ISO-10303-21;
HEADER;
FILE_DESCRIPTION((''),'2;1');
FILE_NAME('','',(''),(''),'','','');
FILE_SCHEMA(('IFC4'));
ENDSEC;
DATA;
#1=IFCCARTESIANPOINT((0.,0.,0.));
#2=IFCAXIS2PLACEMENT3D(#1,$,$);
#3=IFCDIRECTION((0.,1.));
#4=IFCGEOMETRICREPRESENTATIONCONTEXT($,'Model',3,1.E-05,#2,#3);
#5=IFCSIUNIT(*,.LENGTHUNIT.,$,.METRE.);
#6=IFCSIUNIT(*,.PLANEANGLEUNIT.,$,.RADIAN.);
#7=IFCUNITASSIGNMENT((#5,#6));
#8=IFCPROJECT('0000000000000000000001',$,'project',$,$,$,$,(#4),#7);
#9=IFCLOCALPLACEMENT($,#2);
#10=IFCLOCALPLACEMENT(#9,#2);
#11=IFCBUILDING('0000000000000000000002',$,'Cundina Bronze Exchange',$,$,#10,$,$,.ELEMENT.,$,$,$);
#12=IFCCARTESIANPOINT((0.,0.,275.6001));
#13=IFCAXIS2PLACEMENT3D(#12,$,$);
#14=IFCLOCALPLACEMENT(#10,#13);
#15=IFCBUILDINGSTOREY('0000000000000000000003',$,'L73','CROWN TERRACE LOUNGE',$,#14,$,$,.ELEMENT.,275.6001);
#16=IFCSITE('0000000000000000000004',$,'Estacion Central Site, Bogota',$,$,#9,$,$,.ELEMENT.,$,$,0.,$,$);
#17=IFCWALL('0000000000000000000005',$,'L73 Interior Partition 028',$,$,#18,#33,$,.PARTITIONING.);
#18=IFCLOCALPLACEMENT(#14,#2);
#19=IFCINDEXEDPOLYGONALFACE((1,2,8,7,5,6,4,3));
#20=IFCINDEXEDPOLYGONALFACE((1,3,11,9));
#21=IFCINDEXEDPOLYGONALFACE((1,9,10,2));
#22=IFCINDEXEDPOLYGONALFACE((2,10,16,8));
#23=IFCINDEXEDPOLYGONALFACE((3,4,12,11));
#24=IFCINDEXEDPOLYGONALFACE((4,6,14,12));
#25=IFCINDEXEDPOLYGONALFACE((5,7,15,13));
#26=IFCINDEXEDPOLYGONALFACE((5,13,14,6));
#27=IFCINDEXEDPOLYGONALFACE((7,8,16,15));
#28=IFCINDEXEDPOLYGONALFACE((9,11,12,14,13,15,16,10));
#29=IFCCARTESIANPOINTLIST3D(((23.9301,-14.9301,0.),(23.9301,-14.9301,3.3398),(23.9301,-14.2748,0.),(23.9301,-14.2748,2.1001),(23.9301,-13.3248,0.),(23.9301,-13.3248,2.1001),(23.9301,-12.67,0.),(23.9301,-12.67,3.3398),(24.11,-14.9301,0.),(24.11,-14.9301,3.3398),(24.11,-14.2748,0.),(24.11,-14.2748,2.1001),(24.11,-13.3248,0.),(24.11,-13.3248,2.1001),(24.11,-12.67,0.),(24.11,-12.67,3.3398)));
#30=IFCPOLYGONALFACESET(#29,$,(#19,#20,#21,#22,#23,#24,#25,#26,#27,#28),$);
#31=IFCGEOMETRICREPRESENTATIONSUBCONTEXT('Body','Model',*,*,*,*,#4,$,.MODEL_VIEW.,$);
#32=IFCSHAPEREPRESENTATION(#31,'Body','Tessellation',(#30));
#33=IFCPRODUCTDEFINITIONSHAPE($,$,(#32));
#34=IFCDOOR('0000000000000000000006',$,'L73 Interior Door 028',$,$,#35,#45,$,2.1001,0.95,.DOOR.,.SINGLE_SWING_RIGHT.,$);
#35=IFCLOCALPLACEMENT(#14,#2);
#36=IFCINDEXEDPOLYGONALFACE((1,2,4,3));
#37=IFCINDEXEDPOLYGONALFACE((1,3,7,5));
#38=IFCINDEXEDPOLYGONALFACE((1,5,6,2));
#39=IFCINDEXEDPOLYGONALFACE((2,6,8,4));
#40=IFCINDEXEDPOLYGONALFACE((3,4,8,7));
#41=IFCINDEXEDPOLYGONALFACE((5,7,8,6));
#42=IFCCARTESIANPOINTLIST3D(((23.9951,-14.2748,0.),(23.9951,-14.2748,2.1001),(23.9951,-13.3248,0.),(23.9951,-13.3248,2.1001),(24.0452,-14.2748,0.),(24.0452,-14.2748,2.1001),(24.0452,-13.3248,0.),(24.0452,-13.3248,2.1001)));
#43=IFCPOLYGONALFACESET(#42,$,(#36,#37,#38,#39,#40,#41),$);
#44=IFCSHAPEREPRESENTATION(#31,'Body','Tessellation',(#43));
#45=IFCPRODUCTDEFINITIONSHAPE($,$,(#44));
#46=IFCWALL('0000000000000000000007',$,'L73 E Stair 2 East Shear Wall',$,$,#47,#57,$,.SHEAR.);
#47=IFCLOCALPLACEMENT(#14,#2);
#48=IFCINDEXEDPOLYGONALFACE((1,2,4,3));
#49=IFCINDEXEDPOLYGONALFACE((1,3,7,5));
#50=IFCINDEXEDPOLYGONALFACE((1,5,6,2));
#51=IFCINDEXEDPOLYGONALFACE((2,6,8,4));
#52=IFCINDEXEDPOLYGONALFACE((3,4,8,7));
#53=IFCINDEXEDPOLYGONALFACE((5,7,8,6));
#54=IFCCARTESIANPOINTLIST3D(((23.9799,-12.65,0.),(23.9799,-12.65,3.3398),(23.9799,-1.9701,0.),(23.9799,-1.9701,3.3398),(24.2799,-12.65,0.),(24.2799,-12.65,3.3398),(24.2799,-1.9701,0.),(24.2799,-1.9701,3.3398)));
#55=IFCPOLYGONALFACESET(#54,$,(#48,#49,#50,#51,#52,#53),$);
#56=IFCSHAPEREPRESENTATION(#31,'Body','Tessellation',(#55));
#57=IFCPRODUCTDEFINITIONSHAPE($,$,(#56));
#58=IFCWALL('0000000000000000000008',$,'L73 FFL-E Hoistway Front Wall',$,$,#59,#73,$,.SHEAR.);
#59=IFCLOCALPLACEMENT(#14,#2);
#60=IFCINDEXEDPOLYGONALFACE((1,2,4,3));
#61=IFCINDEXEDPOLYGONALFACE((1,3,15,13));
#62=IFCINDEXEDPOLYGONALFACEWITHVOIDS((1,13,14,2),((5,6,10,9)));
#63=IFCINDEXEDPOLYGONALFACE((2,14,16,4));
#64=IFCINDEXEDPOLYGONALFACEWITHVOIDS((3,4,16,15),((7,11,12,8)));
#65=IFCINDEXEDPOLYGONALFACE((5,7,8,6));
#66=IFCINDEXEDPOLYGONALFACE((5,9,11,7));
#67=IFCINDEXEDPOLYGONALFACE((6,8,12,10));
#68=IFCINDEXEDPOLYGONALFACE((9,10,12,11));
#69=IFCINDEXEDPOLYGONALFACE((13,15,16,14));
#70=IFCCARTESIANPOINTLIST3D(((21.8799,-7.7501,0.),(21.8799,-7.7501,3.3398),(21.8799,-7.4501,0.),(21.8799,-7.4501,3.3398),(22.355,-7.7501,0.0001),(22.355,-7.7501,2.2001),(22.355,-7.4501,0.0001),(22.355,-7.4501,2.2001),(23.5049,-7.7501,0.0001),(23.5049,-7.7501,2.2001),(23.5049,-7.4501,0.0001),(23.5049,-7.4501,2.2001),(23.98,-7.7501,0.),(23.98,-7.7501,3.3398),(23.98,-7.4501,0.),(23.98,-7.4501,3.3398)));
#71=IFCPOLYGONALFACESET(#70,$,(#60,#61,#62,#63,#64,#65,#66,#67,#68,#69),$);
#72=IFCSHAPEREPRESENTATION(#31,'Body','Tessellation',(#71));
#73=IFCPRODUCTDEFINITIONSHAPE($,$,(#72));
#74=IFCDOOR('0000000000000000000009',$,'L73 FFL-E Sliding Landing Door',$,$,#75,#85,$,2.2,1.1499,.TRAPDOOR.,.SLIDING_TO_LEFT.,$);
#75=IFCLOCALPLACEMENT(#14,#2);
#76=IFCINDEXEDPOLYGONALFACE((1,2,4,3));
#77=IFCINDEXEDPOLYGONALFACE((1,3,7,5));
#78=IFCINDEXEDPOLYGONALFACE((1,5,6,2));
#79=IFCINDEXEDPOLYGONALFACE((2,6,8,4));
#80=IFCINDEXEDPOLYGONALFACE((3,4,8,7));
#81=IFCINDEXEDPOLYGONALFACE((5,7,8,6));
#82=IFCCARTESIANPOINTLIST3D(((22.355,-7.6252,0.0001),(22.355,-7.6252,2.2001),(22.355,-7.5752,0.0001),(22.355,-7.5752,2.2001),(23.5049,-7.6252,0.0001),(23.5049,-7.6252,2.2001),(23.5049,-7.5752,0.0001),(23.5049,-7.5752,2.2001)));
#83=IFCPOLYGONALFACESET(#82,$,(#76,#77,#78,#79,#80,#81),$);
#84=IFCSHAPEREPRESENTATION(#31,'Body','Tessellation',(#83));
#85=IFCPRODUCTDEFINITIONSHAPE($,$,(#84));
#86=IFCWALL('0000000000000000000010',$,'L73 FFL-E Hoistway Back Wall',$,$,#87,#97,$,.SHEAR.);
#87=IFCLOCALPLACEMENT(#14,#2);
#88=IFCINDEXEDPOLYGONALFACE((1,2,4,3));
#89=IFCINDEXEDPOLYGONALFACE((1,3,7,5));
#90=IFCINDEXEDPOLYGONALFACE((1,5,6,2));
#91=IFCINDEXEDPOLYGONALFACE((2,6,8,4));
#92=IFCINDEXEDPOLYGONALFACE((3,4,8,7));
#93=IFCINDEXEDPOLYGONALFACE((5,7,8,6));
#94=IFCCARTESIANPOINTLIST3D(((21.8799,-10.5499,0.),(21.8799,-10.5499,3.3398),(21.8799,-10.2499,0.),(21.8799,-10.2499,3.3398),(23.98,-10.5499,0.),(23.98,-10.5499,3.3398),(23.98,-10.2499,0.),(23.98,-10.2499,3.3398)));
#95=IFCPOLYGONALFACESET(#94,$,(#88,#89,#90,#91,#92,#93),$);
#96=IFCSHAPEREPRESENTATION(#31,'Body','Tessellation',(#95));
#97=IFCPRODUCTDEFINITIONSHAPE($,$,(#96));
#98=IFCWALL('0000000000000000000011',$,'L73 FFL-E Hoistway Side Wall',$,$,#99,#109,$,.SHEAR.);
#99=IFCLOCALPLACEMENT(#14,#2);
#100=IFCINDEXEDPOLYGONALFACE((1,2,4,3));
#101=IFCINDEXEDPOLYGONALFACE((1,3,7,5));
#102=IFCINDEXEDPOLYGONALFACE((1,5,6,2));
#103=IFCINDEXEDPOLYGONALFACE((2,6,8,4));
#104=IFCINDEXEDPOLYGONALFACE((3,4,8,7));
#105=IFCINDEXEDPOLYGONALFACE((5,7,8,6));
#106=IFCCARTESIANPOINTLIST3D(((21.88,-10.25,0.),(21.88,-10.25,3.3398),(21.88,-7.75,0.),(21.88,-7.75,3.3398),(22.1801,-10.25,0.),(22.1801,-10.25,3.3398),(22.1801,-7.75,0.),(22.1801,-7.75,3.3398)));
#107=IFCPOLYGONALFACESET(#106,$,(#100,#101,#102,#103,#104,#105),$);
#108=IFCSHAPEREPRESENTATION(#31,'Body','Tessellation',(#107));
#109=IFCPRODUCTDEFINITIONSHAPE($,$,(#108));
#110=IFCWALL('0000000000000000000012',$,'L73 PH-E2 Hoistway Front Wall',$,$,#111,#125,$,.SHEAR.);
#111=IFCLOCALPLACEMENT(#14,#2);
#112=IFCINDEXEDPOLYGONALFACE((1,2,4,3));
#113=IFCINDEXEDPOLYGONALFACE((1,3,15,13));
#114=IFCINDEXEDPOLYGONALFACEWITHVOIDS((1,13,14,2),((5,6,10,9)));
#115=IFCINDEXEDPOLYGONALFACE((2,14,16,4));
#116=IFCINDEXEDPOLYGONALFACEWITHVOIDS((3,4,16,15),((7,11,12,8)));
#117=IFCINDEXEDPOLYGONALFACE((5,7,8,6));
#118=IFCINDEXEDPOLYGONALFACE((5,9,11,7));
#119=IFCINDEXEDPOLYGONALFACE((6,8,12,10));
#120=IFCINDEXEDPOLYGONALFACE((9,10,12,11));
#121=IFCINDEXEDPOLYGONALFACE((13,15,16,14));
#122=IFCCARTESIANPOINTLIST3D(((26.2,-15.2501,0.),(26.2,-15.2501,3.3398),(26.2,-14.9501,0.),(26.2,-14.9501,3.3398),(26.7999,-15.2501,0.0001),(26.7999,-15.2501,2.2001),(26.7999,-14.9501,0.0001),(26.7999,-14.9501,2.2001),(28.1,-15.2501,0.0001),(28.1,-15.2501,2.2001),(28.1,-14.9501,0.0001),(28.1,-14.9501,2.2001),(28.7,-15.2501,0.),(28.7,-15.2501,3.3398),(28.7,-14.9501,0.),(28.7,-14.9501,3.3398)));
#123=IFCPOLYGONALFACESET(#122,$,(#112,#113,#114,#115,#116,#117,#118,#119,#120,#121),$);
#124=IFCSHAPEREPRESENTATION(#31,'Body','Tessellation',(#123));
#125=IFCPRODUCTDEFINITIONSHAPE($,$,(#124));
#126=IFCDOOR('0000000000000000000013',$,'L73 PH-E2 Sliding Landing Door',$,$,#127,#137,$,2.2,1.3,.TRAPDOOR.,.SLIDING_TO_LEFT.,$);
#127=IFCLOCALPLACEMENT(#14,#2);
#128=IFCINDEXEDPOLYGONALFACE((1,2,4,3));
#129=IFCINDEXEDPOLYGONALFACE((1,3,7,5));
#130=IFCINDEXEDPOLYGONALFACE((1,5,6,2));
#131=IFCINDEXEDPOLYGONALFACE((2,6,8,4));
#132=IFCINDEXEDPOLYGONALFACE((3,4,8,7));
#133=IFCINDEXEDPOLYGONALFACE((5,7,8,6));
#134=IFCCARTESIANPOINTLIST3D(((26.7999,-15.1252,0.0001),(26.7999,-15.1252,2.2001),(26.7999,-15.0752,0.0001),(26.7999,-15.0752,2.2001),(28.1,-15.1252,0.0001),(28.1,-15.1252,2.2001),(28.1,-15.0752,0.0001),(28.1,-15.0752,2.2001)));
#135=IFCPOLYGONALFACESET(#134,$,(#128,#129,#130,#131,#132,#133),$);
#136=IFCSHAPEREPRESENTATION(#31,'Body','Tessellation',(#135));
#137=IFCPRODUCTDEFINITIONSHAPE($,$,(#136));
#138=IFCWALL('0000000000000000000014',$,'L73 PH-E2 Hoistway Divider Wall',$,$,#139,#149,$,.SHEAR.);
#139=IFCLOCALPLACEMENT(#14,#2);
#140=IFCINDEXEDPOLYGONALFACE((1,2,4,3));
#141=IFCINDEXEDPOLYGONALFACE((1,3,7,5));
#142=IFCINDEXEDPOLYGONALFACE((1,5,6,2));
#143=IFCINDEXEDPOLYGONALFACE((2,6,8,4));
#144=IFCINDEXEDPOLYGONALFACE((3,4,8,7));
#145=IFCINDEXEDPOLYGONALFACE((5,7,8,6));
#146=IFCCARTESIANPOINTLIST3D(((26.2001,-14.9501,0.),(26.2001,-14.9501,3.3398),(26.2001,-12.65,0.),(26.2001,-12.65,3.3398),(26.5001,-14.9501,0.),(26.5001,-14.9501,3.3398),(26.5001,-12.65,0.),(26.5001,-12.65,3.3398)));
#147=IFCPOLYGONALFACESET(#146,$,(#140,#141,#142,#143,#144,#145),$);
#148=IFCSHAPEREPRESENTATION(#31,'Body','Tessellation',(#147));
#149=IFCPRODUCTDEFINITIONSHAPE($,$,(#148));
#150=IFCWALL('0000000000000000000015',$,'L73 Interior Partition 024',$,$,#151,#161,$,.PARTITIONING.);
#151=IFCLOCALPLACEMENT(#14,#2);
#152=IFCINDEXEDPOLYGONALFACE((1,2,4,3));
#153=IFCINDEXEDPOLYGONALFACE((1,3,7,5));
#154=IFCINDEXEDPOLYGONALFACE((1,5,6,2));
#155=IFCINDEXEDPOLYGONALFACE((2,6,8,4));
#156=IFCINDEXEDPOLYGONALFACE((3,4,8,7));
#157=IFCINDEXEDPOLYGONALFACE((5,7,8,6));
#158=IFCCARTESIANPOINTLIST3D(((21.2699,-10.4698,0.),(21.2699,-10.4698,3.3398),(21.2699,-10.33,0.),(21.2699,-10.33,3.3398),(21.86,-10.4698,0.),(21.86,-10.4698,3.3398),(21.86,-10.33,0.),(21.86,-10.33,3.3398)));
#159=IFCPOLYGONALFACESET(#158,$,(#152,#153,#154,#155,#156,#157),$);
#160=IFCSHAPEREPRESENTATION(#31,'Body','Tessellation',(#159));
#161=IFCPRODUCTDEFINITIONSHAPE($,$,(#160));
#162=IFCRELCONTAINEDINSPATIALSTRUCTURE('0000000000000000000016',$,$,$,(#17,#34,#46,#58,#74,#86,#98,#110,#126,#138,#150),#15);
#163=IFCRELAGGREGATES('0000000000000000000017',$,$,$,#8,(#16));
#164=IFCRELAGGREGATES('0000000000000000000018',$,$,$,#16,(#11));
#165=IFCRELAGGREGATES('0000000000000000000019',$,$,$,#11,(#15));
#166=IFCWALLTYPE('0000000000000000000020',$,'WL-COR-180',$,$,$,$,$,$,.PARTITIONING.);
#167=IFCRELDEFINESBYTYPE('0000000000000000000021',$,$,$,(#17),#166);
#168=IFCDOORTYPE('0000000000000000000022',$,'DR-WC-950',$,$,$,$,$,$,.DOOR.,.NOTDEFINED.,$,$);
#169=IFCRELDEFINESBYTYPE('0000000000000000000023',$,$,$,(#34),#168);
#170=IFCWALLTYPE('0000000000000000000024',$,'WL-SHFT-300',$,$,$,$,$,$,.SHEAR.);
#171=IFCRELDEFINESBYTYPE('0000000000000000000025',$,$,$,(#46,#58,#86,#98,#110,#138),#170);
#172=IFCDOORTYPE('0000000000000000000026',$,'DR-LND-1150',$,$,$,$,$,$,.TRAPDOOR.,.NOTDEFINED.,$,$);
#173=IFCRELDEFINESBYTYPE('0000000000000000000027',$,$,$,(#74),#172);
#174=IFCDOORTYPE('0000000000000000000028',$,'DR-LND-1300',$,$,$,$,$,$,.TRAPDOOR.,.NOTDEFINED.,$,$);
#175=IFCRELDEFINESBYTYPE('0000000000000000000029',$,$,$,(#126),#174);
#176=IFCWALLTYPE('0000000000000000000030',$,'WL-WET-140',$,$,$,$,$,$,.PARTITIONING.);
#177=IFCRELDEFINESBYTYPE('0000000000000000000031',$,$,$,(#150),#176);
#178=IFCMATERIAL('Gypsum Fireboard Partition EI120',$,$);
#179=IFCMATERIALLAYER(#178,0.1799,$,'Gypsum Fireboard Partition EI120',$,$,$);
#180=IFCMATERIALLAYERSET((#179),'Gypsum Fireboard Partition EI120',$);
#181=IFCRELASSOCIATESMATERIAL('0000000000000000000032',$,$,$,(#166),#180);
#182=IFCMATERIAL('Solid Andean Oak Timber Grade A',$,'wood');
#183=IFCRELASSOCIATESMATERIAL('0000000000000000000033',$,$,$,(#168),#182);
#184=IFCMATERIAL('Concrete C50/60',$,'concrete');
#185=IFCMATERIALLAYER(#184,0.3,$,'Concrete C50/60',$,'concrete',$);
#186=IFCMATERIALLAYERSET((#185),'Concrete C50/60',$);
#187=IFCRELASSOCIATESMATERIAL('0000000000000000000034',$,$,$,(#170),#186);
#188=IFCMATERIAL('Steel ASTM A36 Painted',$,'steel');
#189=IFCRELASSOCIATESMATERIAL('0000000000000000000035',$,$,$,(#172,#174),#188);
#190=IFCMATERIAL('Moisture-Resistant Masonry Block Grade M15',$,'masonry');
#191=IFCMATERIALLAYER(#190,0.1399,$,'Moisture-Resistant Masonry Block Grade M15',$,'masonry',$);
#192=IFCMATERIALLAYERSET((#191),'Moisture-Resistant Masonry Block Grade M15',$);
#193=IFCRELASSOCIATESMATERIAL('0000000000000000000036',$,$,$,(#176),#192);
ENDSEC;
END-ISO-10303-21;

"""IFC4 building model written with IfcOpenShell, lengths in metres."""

from ifc_helpers import new_model, si_unit, direction, frame, frame_2d, origin, place, context, subcontext, project, spatial, rectangle, extrude, material, layer, layer_set, type_object, element, fill, save


model = new_model("IFC4")

# Units and contexts
model_context = context("Model", 3, precision=1e-05, world=origin(), true_north=direction((0.0, 1.0)))
body_context = subcontext(model_context, "Body", "Model", "MODEL_VIEW")
ifc_project = project(units=[si_unit("LENGTHUNIT", "METRE"), si_unit("PLANEANGLEUNIT", "RADIAN")], contexts=[model_context])

# Site, building, storey
site_placement = place(None, origin())
site = spatial("IfcSite", under=ifc_project, at=site_placement, Name="Estacion Central Site, Bogota", CompositionType="ELEMENT", RefElevation=0.0)
building_placement = place(site_placement, origin())
building = spatial("IfcBuilding", under=site, at=building_placement, Name="Cundina Bronze Exchange", CompositionType="ELEMENT")
storey_placement = place(building_placement, frame((0.0, 0.0, 275.6001)))
storey = spatial("IfcBuildingStorey", under=building, at=storey_placement, Name="L73", Description="CROWN TERRACE LOUNGE", CompositionType="ELEMENT", Elevation=275.6001)

# Shared definitions
ifc_material_1 = material(Name="Gypsum Fireboard Partition EI120")
ifc_layer_1 = layer(ifc_material_1, 0.1799, Name="Gypsum Fireboard Partition EI120")
ifc_layer_set_1 = layer_set([ifc_layer_1], Name="Gypsum Fireboard Partition EI120")
wall_type_1 = type_object("IfcWallType", Name="WL-COR-180", PredefinedType="PARTITIONING", material=ifc_layer_set_1)

# Wall, opening, door
wall_1_placement = place(storey_placement, frame((24.02, -14.9299, 0.0), z_axis=(0.0, 0.0, 1.0), x_axis=(0.0, 1.0, 0.0)))
wall_1 = element("IfcWall", 1, at=wall_1_placement, inside=storey, type_object=wall_type_1, Name="L73 Interior Partition 028", PredefinedType="PARTITIONING", context=body_context, shape_type="SweptSolid", body=[
    extrude(rectangle(XDim=2.26, YDim=0.1799, at=frame_2d((1.1299, 0.0))), origin(), (0.0, 0.0, 1.0), 3.3398),
])
opening_1_placement = place(wall_1_placement, frame((0.655, 0.0, 0.0)))
opening_1 = element("IfcOpeningElement", 2, at=opening_1_placement, cuts=wall_1, PredefinedType="OPENING", context=body_context, shape_type="SweptSolid", body=[
    extrude(rectangle(XDim=0.95, YDim=2.1001, at=frame_2d((0.4751, 1.05))), frame((0.0, 0.0999, 0.0), z_axis=(0.0, -1.0, 0.0), x_axis=(1.0, 0.0, 0.0)), (0.0, 0.0, 1.0), 0.2),
])
ifc_material_2 = material(Name="Solid Andean Oak Timber Grade A", Category="wood")
door_type_1 = type_object("IfcDoorType", Name="DR-WC-950", OperationType="NOTDEFINED", PredefinedType="DOOR", material=ifc_material_2)
door_1_placement = place(opening_1_placement, origin())
door_1 = element("IfcDoor", 3, at=door_1_placement, inside=storey, type_object=door_type_1, Name="L73 Interior Door 028", OperationType="SINGLE_SWING_RIGHT", OverallHeight=2.1001, OverallWidth=0.95, PredefinedType="DOOR", context=body_context, shape_type="SweptSolid", body=[
    extrude(rectangle(XDim=0.95, YDim=2.1001, at=frame_2d((0.4751, 1.05))), frame((0.0, 0.0249, 0.0), z_axis=(0.0, -1.0, 0.0), x_axis=(1.0, 0.0, 0.0)), (0.0, 0.0, 1.0), 0.05),
])
fill(opening_1, door_1)

# Wall
ifc_material_3 = material(Name="Concrete C50/60", Category="concrete")
ifc_layer_2 = layer(ifc_material_3, 0.3, Name="Concrete C50/60", Category="concrete")
ifc_layer_set_2 = layer_set([ifc_layer_2], Name="Concrete C50/60")
wall_type_2 = type_object("IfcWallType", Name="WL-SHFT-300", PredefinedType="SHEAR", material=ifc_layer_set_2)
wall_2_placement = place(storey_placement, frame((24.1299, -12.6499, 0.0), z_axis=(0.0, 0.0, 1.0), x_axis=(0.0, 1.0, 0.0)))
element("IfcWall", 4, at=wall_2_placement, inside=storey, type_object=wall_type_2, Name="L73 E Stair 2 East Shear Wall", PredefinedType="SHEAR", context=body_context, shape_type="SweptSolid", body=[
    extrude(rectangle(XDim=10.6799, YDim=0.3, at=frame_2d((5.3398, 0.0))), origin(), (0.0, 0.0, 1.0), 3.3398),
])

# Wall, opening, door
ifc_material_4 = material(Name="Steel ASTM A36 Painted", Category="steel")
wall_3_placement = place(storey_placement, frame((21.8799, -7.6001, 0.0), z_axis=(0.0, 0.0, 1.0), x_axis=(1.0, 0.0, 0.0)))
wall_3 = element("IfcWall", 5, at=wall_3_placement, inside=storey, type_object=wall_type_2, Name="L73 FFL-E Hoistway Front Wall", PredefinedType="SHEAR", context=body_context, shape_type="SweptSolid", body=[
    extrude(rectangle(XDim=2.1001, YDim=0.3, at=frame_2d((1.05, 0.0))), origin(), (0.0, 0.0, 1.0), 3.3398),
])
opening_2_placement = place(wall_3_placement, frame((0.4751, 0.0, 0.0)))
opening_2 = element("IfcOpeningElement", 6, at=opening_2_placement, cuts=wall_3, PredefinedType="OPENING", context=body_context, shape_type="SweptSolid", body=[
    extrude(rectangle(XDim=1.1499, YDim=2.2, at=frame_2d((0.575, 1.1001))), frame((0.0, 0.1599, 0.0), z_axis=(0.0, -1.0, 0.0), x_axis=(1.0, 0.0, 0.0)), (0.0, 0.0, 1.0), 0.3201),
])
door_type_2 = type_object("IfcDoorType", Name="DR-LND-1150", OperationType="NOTDEFINED", PredefinedType="TRAPDOOR", material=ifc_material_4)
door_2_placement = place(opening_2_placement, origin())
door_2 = element("IfcDoor", 7, at=door_2_placement, inside=storey, type_object=door_type_2, Name="L73 FFL-E Sliding Landing Door", OperationType="SLIDING_TO_LEFT", OverallHeight=2.2, OverallWidth=1.1499, PredefinedType="TRAPDOOR", context=body_context, shape_type="SweptSolid", body=[
    extrude(rectangle(XDim=1.1499, YDim=2.2, at=frame_2d((0.575, 1.1001))), frame((0.0, 0.0249, 0.0), z_axis=(0.0, -1.0, 0.0), x_axis=(1.0, 0.0, 0.0)), (0.0, 0.0, 1.0), 0.05),
])
fill(opening_2, door_2)

# Walls
wall_4_placement = place(storey_placement, frame((21.8799, -10.3999, 0.0), z_axis=(0.0, 0.0, 1.0), x_axis=(1.0, 0.0, 0.0)))
element("IfcWall", 8, at=wall_4_placement, inside=storey, type_object=wall_type_2, Name="L73 FFL-E Hoistway Back Wall", PredefinedType="SHEAR", context=body_context, shape_type="SweptSolid", body=[
    extrude(rectangle(XDim=2.1001, YDim=0.3, at=frame_2d((1.05, 0.0))), origin(), (0.0, 0.0, 1.0), 3.3398),
])
wall_5_placement = place(storey_placement, frame((22.03, -10.25, 0.0), z_axis=(0.0, 0.0, 1.0), x_axis=(0.0, 1.0, 0.0)))
element("IfcWall", 9, at=wall_5_placement, inside=storey, type_object=wall_type_2, Name="L73 FFL-E Hoistway Side Wall", PredefinedType="SHEAR", context=body_context, shape_type="SweptSolid", body=[
    extrude(rectangle(XDim=2.5, YDim=0.3, at=frame_2d((1.25, 0.0))), origin(), (0.0, 0.0, 1.0), 3.3398),
])

# Wall, opening, door
wall_6_placement = place(storey_placement, frame((26.2, -15.1001, 0.0), z_axis=(0.0, 0.0, 1.0), x_axis=(1.0, 0.0, 0.0)))
wall_6 = element("IfcWall", 10, at=wall_6_placement, inside=storey, type_object=wall_type_2, Name="L73 PH-E2 Hoistway Front Wall", PredefinedType="SHEAR", context=body_context, shape_type="SweptSolid", body=[
    extrude(rectangle(XDim=2.5, YDim=0.3, at=frame_2d((1.25, 0.0))), origin(), (0.0, 0.0, 1.0), 3.3398),
])
opening_3_placement = place(wall_6_placement, frame((0.6001, 0.0, 0.0)))
opening_3 = element("IfcOpeningElement", 11, at=opening_3_placement, cuts=wall_6, PredefinedType="OPENING", context=body_context, shape_type="SweptSolid", body=[
    extrude(rectangle(XDim=1.3, YDim=2.2, at=frame_2d((0.6499, 1.1001))), frame((0.0, 0.1599, 0.0), z_axis=(0.0, -1.0, 0.0), x_axis=(1.0, 0.0, 0.0)), (0.0, 0.0, 1.0), 0.3201),
])
door_type_3 = type_object("IfcDoorType", Name="DR-LND-1300", OperationType="NOTDEFINED", PredefinedType="TRAPDOOR", material=ifc_material_4)
door_3_placement = place(opening_3_placement, origin())
door_3 = element("IfcDoor", 12, at=door_3_placement, inside=storey, type_object=door_type_3, Name="L73 PH-E2 Sliding Landing Door", OperationType="SLIDING_TO_LEFT", OverallHeight=2.2, OverallWidth=1.3, PredefinedType="TRAPDOOR", context=body_context, shape_type="SweptSolid", body=[
    extrude(rectangle(XDim=1.3, YDim=2.2, at=frame_2d((0.6499, 1.1001))), frame((0.0, 0.0249, 0.0), z_axis=(0.0, -1.0, 0.0), x_axis=(1.0, 0.0, 0.0)), (0.0, 0.0, 1.0), 0.05),
])
fill(opening_3, door_3)

# Walls
wall_7_placement = place(storey_placement, frame((26.3501, -14.95, 0.0), z_axis=(0.0, 0.0, 1.0), x_axis=(0.0, 1.0, 0.0)))
element("IfcWall", 13, at=wall_7_placement, inside=storey, type_object=wall_type_2, Name="L73 PH-E2 Hoistway Divider Wall", PredefinedType="SHEAR", context=body_context, shape_type="SweptSolid", body=[
    extrude(rectangle(XDim=2.3, YDim=0.3, at=frame_2d((1.1499, 0.0))), origin(), (0.0, 0.0, 1.0), 3.3398),
])
ifc_material_5 = material(Name="Moisture-Resistant Masonry Block Grade M15", Category="masonry")
ifc_layer_3 = layer(ifc_material_5, 0.1399, Name="Moisture-Resistant Masonry Block Grade M15", Category="masonry")
ifc_layer_set_3 = layer_set([ifc_layer_3], Name="Moisture-Resistant Masonry Block Grade M15")
wall_type_3 = type_object("IfcWallType", Name="WL-WET-140", PredefinedType="PARTITIONING", material=ifc_layer_set_3)
wall_8_placement = place(storey_placement, frame((21.27, -10.3999, 0.0), z_axis=(0.0, 0.0, 1.0), x_axis=(1.0, 0.0, 0.0)))
element("IfcWall", 14, at=wall_8_placement, inside=storey, type_object=wall_type_3, Name="L73 Interior Partition 024", PredefinedType="PARTITIONING", context=body_context, shape_type="SweptSolid", body=[
    extrude(rectangle(XDim=0.5901, YDim=0.1399, at=frame_2d((0.2949, 0.0))), origin(), (0.0, 0.0, 1.0), 3.3398),
])

save(model, "model.ifc")
